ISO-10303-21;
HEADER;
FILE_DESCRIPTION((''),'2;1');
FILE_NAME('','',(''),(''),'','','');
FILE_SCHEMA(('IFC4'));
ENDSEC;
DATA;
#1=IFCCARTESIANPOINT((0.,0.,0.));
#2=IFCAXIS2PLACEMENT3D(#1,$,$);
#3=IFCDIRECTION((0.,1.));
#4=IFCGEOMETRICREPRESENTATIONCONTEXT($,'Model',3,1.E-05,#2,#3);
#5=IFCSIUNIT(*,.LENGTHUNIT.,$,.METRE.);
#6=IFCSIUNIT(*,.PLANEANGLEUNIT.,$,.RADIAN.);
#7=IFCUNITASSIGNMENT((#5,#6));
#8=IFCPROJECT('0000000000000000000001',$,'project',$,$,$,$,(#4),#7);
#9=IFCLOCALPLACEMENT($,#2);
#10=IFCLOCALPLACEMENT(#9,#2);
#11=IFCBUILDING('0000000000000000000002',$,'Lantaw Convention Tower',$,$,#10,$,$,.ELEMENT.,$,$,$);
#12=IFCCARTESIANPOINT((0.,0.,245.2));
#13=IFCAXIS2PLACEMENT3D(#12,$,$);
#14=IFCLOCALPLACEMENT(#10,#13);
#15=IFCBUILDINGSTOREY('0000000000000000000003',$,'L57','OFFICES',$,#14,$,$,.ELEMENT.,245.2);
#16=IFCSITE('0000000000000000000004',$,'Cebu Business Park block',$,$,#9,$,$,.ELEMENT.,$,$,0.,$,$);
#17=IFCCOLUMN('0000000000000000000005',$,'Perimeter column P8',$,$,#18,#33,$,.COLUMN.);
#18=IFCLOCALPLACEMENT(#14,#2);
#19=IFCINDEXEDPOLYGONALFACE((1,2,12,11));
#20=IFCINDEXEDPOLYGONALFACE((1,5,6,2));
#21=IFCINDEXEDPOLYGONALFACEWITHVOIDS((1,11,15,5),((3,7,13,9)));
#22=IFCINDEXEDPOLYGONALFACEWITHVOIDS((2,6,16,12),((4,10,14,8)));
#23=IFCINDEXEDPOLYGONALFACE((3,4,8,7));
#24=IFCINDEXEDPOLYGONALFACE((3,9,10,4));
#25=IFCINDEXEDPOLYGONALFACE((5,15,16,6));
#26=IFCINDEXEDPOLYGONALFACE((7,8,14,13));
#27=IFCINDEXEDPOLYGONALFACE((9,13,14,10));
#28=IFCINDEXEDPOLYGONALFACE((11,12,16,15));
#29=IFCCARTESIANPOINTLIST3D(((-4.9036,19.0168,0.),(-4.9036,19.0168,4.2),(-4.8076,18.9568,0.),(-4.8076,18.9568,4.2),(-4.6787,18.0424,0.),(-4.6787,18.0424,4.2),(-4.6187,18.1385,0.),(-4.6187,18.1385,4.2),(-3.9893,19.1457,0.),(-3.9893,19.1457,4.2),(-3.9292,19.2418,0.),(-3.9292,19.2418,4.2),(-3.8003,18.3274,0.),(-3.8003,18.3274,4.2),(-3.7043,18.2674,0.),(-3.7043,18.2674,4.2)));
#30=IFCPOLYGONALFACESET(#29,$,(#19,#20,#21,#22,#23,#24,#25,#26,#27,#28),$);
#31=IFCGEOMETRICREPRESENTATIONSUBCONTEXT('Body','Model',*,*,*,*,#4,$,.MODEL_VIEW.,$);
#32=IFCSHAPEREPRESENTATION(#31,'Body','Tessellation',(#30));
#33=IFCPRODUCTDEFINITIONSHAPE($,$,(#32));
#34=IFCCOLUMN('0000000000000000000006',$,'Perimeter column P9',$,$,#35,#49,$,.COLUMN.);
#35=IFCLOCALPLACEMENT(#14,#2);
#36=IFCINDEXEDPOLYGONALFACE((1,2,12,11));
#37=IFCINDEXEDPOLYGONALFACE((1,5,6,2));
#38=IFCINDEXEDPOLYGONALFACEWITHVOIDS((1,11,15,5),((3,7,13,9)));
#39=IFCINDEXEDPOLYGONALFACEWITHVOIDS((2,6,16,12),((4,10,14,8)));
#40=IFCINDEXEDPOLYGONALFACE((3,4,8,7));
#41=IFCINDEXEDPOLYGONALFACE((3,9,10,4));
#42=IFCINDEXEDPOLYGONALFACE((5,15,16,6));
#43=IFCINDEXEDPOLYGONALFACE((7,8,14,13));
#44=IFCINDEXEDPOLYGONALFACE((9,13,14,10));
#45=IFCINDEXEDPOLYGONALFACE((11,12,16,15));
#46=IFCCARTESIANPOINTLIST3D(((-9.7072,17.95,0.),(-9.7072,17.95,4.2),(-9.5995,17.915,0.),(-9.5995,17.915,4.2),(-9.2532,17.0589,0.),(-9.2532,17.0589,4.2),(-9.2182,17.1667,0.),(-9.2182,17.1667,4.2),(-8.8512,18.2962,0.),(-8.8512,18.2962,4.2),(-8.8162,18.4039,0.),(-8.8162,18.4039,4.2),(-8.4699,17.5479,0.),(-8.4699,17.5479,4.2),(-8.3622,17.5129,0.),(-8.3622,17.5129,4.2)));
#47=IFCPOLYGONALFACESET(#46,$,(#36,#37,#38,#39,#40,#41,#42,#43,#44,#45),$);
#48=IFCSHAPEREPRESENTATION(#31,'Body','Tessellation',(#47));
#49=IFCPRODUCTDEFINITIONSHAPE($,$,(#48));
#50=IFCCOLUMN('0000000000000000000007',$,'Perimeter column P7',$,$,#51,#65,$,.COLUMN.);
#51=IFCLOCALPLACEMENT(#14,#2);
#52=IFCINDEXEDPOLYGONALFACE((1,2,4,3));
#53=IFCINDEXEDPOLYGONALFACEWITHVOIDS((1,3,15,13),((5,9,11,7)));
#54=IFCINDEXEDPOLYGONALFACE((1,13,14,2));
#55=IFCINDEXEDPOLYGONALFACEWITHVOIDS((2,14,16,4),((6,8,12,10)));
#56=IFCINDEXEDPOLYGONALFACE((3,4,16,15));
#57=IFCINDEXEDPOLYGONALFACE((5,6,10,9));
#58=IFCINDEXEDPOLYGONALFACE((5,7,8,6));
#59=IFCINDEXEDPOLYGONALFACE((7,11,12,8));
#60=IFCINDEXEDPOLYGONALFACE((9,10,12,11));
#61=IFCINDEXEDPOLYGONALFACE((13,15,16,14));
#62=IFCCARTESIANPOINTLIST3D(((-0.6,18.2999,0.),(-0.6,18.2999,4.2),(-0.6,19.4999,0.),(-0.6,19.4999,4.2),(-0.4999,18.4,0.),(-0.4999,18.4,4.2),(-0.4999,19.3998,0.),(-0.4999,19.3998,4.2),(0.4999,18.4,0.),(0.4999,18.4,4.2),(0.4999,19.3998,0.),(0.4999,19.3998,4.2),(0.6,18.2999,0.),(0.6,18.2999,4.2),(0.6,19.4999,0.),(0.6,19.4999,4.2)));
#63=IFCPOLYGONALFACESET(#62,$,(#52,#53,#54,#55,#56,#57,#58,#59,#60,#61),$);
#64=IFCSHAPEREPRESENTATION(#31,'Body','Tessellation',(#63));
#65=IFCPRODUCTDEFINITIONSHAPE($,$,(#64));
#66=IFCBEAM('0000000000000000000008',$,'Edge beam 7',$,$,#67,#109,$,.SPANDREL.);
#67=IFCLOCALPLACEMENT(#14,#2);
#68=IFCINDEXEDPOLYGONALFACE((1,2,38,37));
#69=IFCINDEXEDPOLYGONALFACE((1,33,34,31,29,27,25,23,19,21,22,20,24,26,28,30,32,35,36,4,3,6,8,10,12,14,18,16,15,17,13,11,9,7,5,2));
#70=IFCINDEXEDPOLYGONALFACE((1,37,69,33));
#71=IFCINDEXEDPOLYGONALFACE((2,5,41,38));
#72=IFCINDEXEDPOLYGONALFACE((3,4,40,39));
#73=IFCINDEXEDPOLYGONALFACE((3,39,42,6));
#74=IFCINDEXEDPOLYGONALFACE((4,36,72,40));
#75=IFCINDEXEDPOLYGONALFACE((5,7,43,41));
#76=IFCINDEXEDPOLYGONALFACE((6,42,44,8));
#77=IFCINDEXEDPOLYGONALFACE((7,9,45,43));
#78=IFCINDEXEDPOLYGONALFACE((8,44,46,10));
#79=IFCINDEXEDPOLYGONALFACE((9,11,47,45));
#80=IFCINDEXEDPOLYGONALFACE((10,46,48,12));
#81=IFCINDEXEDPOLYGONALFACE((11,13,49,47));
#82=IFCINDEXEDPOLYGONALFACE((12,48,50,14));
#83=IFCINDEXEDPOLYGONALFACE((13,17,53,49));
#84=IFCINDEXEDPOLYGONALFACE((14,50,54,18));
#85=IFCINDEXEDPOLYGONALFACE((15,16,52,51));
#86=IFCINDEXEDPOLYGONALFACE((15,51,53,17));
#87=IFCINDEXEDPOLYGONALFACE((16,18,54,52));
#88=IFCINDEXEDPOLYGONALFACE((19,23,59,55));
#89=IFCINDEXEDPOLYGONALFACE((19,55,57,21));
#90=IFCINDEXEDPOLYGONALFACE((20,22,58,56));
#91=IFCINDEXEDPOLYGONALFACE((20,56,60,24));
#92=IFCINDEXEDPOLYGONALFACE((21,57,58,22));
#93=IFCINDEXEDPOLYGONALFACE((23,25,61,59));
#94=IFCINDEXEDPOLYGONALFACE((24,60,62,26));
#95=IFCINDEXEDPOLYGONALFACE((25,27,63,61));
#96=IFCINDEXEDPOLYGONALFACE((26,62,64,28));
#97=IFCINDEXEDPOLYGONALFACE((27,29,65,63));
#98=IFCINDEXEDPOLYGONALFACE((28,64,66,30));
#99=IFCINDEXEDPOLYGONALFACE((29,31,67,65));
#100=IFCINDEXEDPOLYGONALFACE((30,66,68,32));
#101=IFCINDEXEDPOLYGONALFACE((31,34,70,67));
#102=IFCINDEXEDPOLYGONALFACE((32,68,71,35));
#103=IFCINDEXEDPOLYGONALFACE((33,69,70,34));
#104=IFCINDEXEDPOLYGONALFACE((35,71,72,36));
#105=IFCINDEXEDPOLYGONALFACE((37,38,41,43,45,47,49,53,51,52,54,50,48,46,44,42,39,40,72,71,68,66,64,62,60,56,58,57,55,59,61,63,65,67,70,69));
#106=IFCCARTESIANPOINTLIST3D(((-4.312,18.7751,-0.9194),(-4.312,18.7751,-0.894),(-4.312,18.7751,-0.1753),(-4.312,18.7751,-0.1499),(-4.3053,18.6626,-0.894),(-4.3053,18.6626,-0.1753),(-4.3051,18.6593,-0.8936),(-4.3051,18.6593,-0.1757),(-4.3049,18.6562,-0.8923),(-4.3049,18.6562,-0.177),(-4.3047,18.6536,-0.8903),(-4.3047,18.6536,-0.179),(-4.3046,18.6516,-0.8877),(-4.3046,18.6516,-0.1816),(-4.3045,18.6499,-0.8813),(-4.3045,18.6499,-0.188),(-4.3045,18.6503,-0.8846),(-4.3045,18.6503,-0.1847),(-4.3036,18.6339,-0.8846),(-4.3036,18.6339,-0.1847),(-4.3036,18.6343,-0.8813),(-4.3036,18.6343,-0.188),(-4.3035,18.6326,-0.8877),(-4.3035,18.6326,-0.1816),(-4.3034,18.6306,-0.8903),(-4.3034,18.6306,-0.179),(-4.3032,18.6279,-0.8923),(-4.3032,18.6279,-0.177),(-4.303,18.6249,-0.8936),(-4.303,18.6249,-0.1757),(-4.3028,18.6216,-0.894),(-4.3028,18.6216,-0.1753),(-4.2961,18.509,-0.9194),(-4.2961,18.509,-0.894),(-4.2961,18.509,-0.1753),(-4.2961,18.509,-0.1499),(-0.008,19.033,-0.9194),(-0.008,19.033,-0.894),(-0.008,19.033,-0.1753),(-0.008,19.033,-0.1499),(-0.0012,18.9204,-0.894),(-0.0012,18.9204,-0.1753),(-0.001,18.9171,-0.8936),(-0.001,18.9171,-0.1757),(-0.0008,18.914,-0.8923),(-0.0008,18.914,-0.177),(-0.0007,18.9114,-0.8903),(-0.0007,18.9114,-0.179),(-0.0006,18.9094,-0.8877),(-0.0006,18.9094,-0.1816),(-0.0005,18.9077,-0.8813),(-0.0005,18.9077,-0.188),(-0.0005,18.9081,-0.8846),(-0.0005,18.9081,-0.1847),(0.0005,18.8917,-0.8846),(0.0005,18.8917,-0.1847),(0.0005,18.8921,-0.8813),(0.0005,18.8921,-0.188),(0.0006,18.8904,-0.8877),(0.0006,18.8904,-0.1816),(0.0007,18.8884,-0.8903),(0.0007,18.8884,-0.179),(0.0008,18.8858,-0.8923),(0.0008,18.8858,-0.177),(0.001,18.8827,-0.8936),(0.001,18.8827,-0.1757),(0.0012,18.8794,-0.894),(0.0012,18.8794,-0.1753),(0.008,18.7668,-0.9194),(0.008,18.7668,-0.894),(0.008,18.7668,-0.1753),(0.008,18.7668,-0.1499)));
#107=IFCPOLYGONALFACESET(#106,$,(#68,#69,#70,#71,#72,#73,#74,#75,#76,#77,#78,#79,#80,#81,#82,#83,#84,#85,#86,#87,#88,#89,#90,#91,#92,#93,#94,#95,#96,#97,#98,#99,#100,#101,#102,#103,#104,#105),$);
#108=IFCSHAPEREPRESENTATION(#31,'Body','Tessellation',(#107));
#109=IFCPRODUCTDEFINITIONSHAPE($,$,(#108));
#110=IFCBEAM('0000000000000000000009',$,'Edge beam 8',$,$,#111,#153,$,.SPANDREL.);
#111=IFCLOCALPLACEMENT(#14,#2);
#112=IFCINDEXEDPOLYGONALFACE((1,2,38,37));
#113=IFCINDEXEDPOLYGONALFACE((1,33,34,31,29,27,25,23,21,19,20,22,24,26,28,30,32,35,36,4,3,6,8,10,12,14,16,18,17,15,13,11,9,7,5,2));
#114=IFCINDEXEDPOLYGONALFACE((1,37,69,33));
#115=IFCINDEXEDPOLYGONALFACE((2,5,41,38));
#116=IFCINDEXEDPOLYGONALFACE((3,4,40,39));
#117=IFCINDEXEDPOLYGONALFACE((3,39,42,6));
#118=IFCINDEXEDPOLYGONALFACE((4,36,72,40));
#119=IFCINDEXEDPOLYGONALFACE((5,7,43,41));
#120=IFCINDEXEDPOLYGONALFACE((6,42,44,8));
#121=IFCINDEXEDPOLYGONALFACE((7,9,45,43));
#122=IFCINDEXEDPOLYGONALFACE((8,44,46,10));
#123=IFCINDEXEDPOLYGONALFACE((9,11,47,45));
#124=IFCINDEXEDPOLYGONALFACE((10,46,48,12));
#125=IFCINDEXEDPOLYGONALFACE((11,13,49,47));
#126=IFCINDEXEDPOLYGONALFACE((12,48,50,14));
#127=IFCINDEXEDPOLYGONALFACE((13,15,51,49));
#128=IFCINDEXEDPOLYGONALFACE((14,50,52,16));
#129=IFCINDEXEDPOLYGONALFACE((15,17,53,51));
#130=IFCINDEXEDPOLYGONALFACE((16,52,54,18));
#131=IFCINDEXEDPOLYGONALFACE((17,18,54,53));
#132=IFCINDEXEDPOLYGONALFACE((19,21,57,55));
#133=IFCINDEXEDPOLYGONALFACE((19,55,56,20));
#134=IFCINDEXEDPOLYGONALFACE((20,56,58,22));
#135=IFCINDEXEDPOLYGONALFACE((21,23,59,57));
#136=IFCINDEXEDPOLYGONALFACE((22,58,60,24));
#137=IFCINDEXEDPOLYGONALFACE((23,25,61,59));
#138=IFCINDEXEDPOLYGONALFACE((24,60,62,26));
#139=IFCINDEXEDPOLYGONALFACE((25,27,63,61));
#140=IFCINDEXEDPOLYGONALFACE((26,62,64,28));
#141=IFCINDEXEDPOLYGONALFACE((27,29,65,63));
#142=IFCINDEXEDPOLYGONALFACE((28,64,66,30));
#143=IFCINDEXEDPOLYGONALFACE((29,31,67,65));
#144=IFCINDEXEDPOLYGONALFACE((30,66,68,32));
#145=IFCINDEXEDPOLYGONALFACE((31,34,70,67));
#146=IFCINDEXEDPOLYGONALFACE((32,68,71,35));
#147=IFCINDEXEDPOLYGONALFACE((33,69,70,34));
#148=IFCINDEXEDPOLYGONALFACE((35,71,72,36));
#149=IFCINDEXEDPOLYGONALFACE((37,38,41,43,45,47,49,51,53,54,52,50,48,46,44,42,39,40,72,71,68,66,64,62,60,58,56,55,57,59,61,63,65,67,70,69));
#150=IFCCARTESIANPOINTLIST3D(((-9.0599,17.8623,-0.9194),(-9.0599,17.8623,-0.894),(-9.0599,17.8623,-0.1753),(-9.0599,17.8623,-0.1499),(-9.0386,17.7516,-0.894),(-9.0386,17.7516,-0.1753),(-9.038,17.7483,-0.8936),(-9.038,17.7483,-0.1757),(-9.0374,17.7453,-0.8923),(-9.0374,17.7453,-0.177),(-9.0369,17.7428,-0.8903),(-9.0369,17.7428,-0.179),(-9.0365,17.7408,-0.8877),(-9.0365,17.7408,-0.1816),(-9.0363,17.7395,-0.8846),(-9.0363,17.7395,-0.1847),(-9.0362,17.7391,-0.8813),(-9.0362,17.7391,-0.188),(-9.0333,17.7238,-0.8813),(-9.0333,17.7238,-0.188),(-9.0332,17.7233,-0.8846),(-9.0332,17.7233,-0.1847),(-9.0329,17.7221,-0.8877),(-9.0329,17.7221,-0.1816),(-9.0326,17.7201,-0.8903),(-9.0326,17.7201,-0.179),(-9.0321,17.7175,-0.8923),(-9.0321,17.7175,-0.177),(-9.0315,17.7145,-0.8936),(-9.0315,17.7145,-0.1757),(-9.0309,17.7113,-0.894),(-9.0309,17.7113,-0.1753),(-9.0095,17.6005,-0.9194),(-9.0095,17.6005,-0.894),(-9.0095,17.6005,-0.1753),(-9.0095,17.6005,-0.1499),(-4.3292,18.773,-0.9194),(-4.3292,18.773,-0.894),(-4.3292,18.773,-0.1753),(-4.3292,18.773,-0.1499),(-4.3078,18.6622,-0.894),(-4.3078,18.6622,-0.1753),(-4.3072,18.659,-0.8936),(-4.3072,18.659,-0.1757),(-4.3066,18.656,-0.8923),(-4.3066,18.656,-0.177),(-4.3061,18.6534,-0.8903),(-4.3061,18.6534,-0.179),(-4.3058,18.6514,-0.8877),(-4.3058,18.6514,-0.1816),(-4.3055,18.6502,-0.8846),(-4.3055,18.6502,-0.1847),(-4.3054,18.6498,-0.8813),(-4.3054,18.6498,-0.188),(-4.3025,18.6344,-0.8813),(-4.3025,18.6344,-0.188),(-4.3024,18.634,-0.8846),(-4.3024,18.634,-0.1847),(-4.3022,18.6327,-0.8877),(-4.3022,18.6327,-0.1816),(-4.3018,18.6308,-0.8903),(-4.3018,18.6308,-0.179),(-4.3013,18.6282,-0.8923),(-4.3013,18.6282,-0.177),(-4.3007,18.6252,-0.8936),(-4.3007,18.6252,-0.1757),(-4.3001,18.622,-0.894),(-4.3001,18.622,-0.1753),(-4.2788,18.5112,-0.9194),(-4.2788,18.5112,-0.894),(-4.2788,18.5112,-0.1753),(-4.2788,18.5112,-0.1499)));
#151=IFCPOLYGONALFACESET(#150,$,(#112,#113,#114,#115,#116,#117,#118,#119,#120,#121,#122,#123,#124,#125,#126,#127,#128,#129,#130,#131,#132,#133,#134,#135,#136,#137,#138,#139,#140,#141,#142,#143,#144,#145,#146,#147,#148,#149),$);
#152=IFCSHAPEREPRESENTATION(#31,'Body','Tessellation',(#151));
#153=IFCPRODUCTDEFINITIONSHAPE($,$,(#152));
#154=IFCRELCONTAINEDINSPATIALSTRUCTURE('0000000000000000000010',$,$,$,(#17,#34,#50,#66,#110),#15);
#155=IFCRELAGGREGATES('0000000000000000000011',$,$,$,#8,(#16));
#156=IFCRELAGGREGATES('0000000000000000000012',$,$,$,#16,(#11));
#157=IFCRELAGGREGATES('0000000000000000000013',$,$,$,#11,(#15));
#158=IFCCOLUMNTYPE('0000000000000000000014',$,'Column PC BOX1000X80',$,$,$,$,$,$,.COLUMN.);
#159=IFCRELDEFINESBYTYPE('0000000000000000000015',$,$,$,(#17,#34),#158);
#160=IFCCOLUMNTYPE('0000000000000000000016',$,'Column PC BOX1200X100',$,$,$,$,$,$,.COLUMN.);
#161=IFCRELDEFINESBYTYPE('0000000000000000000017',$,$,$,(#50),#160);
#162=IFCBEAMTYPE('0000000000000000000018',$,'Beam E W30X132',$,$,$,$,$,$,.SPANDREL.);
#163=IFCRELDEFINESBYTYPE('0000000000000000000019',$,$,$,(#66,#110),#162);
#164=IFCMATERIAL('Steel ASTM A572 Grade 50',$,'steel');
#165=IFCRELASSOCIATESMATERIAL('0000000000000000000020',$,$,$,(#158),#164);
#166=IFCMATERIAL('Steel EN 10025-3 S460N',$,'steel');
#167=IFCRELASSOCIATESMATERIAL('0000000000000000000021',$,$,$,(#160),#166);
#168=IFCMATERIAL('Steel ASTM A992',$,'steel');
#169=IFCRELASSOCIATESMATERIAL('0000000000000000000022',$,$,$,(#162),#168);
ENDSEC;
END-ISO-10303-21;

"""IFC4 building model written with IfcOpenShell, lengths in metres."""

from ifc_helpers import new_model, si_unit, direction, frame, origin, origin_2d, place, context, subcontext, project, spatial, rectangle, hollow_rectangle, i_section, extrude, material, material_profile, profile_set, type_object, element, save


model = new_model("IFC4")

# Units and contexts
model_context = context("Model", 3, precision=1e-05, world=origin(), true_north=direction((0.0, 1.0)))
body_context = subcontext(model_context, "Body", "Model", "MODEL_VIEW")
ifc_project = project(units=[si_unit("LENGTHUNIT", "METRE"), si_unit("PLANEANGLEUNIT", "RADIAN")], contexts=[model_context])

# Site, building, storey
site_placement = place(None, origin())
site = spatial("IfcSite", under=ifc_project, at=site_placement, Name="Cebu Business Park block", CompositionType="ELEMENT", RefElevation=0.0)
building_placement = place(site_placement, origin())
building = spatial("IfcBuilding", under=site, at=building_placement, Name="Lantaw Convention Tower", CompositionType="ELEMENT")
storey_placement = place(building_placement, frame((0.0, 0.0, 245.2)))
storey = spatial("IfcBuildingStorey", under=building, at=storey_placement, Name="L57", Description="OFFICES", CompositionType="ELEMENT", Elevation=245.2)

# Columns
ifc_material_1 = material(Name="Steel ASTM A572 Grade 50", Category="steel")
ifc_material_profile_1 = material_profile(ifc_material_1, hollow_rectangle(XDim=1.0, YDim=1.0, WallThickness=0.0801, at=origin_2d()), Name="BOX1000X80")
ifc_material_2 = material(Name="Concrete C60/75", Category="concrete")
ifc_material_profile_2 = material_profile(ifc_material_2, rectangle(XDim=0.8401, YDim=0.8401, at=origin_2d()), Name="Concrete fill of BOX1000X80")
ifc_profile_set_1 = profile_set([ifc_material_profile_1, ifc_material_profile_2], Name="Steel ASTM A572 Grade 50")
column_type_1 = type_object("IfcColumnType", Name="Column PC BOX1000X80", PredefinedType="COLUMN", material=ifc_profile_set_1)
for number, where, z_axis, x_axis, name in (
    (1, (-4.304, 18.6421, 0.0), (0.0, 0.0, 1.0), (0.97437, 0.224951, 0.0), "Perimeter column P8"),
    (2, (-9.0347, 17.7314, 0.0), (0.0, 0.0, 1.0), (0.891007, 0.45399, 0.0), "Perimeter column P9"),
):
    element("IfcColumn", number, at=place(storey_placement, frame(where, z_axis=z_axis, x_axis=x_axis)), inside=storey, type_object=column_type_1, Name=name, PredefinedType="COLUMN", context=body_context, shape_type="SweptSolid", body=[
        extrude(hollow_rectangle(XDim=1.0, YDim=1.0, WallThickness=0.0801, at=origin_2d()), origin(), (0.0, 0.0, 1.0), 4.2),
    ])
ifc_material_3 = material(Name="Steel EN 10025-3 S460N", Category="steel")
ifc_material_profile_3 = material_profile(ifc_material_3, hollow_rectangle(XDim=1.2, YDim=1.2, WallThickness=0.1001, at=origin_2d()), Name="BOX1200X100")
ifc_material_profile_4 = material_profile(ifc_material_2, rectangle(XDim=1.0, YDim=1.0, at=origin_2d()), Name="Concrete fill of BOX1200X100")
ifc_profile_set_2 = profile_set([ifc_material_profile_3, ifc_material_profile_4], Name="Steel EN 10025-3 S460N")
column_type_2 = type_object("IfcColumnType", Name="Column PC BOX1200X100", PredefinedType="COLUMN", material=ifc_profile_set_2)
column_placement = place(storey_placement, frame((0.0, 18.8999, 0.0), z_axis=(0.0, 0.0, 1.0), x_axis=(1.0, 0.0, 0.0)))
element("IfcColumn", 3, at=column_placement, inside=storey, type_object=column_type_2, Name="Perimeter column P7", PredefinedType="COLUMN", context=body_context, shape_type="SweptSolid", body=[
    extrude(hollow_rectangle(XDim=1.2, YDim=1.2, WallThickness=0.1001, at=origin_2d()), origin(), (0.0, 0.0, 1.0), 4.2),
])

# Beams
ifc_material_4 = material(Name="Steel ASTM A992", Category="steel")
ifc_material_profile_5 = material_profile(ifc_material_4, i_section(OverallWidth=0.2666, OverallDepth=0.7695, WebThickness=0.0156, FlangeThickness=0.0254, FilletRadius=0.0127, at=origin_2d()), Name="W30X132")
ifc_profile_set_3 = profile_set([ifc_material_profile_5], Name="Steel ASTM A992")
beam_type_1 = type_object("IfcBeamType", Name="Beam E W30X132", PredefinedType="SPANDREL", material=ifc_profile_set_3)
beam_1_placement = place(storey_placement, frame((0.0, 18.8999, -0.5347), z_axis=(-0.998211, -0.059794, 0.0), x_axis=(0.059794, -0.998211, 0.0)))
element("IfcBeam", 4, at=beam_1_placement, inside=storey, type_object=beam_type_1, Name="Edge beam 7", PredefinedType="SPANDREL", context=body_context, shape_type="SweptSolid", body=[
    extrude(i_section(OverallWidth=0.2666, OverallDepth=0.7695, WebThickness=0.0156, FlangeThickness=0.0254, FilletRadius=0.0127, at=origin_2d()), origin(), (0.0, 0.0, 1.0), 4.3118),
])
beam_2_placement = place(storey_placement, frame((-4.304, 18.6421, -0.5347), z_axis=(-0.981972, -0.189026, 0.0), x_axis=(0.189026, -0.981972, 0.0)))
element("IfcBeam", 5, at=beam_2_placement, inside=storey, type_object=beam_type_1, Name="Edge beam 8", PredefinedType="SPANDREL", context=body_context, shape_type="SweptSolid", body=[
    extrude(i_section(OverallWidth=0.2666, OverallDepth=0.7695, WebThickness=0.0156, FlangeThickness=0.0254, FilletRadius=0.0127, at=origin_2d()), origin(), (0.0, 0.0, 1.0), 4.8176),
])

save(model, "model.ifc")
